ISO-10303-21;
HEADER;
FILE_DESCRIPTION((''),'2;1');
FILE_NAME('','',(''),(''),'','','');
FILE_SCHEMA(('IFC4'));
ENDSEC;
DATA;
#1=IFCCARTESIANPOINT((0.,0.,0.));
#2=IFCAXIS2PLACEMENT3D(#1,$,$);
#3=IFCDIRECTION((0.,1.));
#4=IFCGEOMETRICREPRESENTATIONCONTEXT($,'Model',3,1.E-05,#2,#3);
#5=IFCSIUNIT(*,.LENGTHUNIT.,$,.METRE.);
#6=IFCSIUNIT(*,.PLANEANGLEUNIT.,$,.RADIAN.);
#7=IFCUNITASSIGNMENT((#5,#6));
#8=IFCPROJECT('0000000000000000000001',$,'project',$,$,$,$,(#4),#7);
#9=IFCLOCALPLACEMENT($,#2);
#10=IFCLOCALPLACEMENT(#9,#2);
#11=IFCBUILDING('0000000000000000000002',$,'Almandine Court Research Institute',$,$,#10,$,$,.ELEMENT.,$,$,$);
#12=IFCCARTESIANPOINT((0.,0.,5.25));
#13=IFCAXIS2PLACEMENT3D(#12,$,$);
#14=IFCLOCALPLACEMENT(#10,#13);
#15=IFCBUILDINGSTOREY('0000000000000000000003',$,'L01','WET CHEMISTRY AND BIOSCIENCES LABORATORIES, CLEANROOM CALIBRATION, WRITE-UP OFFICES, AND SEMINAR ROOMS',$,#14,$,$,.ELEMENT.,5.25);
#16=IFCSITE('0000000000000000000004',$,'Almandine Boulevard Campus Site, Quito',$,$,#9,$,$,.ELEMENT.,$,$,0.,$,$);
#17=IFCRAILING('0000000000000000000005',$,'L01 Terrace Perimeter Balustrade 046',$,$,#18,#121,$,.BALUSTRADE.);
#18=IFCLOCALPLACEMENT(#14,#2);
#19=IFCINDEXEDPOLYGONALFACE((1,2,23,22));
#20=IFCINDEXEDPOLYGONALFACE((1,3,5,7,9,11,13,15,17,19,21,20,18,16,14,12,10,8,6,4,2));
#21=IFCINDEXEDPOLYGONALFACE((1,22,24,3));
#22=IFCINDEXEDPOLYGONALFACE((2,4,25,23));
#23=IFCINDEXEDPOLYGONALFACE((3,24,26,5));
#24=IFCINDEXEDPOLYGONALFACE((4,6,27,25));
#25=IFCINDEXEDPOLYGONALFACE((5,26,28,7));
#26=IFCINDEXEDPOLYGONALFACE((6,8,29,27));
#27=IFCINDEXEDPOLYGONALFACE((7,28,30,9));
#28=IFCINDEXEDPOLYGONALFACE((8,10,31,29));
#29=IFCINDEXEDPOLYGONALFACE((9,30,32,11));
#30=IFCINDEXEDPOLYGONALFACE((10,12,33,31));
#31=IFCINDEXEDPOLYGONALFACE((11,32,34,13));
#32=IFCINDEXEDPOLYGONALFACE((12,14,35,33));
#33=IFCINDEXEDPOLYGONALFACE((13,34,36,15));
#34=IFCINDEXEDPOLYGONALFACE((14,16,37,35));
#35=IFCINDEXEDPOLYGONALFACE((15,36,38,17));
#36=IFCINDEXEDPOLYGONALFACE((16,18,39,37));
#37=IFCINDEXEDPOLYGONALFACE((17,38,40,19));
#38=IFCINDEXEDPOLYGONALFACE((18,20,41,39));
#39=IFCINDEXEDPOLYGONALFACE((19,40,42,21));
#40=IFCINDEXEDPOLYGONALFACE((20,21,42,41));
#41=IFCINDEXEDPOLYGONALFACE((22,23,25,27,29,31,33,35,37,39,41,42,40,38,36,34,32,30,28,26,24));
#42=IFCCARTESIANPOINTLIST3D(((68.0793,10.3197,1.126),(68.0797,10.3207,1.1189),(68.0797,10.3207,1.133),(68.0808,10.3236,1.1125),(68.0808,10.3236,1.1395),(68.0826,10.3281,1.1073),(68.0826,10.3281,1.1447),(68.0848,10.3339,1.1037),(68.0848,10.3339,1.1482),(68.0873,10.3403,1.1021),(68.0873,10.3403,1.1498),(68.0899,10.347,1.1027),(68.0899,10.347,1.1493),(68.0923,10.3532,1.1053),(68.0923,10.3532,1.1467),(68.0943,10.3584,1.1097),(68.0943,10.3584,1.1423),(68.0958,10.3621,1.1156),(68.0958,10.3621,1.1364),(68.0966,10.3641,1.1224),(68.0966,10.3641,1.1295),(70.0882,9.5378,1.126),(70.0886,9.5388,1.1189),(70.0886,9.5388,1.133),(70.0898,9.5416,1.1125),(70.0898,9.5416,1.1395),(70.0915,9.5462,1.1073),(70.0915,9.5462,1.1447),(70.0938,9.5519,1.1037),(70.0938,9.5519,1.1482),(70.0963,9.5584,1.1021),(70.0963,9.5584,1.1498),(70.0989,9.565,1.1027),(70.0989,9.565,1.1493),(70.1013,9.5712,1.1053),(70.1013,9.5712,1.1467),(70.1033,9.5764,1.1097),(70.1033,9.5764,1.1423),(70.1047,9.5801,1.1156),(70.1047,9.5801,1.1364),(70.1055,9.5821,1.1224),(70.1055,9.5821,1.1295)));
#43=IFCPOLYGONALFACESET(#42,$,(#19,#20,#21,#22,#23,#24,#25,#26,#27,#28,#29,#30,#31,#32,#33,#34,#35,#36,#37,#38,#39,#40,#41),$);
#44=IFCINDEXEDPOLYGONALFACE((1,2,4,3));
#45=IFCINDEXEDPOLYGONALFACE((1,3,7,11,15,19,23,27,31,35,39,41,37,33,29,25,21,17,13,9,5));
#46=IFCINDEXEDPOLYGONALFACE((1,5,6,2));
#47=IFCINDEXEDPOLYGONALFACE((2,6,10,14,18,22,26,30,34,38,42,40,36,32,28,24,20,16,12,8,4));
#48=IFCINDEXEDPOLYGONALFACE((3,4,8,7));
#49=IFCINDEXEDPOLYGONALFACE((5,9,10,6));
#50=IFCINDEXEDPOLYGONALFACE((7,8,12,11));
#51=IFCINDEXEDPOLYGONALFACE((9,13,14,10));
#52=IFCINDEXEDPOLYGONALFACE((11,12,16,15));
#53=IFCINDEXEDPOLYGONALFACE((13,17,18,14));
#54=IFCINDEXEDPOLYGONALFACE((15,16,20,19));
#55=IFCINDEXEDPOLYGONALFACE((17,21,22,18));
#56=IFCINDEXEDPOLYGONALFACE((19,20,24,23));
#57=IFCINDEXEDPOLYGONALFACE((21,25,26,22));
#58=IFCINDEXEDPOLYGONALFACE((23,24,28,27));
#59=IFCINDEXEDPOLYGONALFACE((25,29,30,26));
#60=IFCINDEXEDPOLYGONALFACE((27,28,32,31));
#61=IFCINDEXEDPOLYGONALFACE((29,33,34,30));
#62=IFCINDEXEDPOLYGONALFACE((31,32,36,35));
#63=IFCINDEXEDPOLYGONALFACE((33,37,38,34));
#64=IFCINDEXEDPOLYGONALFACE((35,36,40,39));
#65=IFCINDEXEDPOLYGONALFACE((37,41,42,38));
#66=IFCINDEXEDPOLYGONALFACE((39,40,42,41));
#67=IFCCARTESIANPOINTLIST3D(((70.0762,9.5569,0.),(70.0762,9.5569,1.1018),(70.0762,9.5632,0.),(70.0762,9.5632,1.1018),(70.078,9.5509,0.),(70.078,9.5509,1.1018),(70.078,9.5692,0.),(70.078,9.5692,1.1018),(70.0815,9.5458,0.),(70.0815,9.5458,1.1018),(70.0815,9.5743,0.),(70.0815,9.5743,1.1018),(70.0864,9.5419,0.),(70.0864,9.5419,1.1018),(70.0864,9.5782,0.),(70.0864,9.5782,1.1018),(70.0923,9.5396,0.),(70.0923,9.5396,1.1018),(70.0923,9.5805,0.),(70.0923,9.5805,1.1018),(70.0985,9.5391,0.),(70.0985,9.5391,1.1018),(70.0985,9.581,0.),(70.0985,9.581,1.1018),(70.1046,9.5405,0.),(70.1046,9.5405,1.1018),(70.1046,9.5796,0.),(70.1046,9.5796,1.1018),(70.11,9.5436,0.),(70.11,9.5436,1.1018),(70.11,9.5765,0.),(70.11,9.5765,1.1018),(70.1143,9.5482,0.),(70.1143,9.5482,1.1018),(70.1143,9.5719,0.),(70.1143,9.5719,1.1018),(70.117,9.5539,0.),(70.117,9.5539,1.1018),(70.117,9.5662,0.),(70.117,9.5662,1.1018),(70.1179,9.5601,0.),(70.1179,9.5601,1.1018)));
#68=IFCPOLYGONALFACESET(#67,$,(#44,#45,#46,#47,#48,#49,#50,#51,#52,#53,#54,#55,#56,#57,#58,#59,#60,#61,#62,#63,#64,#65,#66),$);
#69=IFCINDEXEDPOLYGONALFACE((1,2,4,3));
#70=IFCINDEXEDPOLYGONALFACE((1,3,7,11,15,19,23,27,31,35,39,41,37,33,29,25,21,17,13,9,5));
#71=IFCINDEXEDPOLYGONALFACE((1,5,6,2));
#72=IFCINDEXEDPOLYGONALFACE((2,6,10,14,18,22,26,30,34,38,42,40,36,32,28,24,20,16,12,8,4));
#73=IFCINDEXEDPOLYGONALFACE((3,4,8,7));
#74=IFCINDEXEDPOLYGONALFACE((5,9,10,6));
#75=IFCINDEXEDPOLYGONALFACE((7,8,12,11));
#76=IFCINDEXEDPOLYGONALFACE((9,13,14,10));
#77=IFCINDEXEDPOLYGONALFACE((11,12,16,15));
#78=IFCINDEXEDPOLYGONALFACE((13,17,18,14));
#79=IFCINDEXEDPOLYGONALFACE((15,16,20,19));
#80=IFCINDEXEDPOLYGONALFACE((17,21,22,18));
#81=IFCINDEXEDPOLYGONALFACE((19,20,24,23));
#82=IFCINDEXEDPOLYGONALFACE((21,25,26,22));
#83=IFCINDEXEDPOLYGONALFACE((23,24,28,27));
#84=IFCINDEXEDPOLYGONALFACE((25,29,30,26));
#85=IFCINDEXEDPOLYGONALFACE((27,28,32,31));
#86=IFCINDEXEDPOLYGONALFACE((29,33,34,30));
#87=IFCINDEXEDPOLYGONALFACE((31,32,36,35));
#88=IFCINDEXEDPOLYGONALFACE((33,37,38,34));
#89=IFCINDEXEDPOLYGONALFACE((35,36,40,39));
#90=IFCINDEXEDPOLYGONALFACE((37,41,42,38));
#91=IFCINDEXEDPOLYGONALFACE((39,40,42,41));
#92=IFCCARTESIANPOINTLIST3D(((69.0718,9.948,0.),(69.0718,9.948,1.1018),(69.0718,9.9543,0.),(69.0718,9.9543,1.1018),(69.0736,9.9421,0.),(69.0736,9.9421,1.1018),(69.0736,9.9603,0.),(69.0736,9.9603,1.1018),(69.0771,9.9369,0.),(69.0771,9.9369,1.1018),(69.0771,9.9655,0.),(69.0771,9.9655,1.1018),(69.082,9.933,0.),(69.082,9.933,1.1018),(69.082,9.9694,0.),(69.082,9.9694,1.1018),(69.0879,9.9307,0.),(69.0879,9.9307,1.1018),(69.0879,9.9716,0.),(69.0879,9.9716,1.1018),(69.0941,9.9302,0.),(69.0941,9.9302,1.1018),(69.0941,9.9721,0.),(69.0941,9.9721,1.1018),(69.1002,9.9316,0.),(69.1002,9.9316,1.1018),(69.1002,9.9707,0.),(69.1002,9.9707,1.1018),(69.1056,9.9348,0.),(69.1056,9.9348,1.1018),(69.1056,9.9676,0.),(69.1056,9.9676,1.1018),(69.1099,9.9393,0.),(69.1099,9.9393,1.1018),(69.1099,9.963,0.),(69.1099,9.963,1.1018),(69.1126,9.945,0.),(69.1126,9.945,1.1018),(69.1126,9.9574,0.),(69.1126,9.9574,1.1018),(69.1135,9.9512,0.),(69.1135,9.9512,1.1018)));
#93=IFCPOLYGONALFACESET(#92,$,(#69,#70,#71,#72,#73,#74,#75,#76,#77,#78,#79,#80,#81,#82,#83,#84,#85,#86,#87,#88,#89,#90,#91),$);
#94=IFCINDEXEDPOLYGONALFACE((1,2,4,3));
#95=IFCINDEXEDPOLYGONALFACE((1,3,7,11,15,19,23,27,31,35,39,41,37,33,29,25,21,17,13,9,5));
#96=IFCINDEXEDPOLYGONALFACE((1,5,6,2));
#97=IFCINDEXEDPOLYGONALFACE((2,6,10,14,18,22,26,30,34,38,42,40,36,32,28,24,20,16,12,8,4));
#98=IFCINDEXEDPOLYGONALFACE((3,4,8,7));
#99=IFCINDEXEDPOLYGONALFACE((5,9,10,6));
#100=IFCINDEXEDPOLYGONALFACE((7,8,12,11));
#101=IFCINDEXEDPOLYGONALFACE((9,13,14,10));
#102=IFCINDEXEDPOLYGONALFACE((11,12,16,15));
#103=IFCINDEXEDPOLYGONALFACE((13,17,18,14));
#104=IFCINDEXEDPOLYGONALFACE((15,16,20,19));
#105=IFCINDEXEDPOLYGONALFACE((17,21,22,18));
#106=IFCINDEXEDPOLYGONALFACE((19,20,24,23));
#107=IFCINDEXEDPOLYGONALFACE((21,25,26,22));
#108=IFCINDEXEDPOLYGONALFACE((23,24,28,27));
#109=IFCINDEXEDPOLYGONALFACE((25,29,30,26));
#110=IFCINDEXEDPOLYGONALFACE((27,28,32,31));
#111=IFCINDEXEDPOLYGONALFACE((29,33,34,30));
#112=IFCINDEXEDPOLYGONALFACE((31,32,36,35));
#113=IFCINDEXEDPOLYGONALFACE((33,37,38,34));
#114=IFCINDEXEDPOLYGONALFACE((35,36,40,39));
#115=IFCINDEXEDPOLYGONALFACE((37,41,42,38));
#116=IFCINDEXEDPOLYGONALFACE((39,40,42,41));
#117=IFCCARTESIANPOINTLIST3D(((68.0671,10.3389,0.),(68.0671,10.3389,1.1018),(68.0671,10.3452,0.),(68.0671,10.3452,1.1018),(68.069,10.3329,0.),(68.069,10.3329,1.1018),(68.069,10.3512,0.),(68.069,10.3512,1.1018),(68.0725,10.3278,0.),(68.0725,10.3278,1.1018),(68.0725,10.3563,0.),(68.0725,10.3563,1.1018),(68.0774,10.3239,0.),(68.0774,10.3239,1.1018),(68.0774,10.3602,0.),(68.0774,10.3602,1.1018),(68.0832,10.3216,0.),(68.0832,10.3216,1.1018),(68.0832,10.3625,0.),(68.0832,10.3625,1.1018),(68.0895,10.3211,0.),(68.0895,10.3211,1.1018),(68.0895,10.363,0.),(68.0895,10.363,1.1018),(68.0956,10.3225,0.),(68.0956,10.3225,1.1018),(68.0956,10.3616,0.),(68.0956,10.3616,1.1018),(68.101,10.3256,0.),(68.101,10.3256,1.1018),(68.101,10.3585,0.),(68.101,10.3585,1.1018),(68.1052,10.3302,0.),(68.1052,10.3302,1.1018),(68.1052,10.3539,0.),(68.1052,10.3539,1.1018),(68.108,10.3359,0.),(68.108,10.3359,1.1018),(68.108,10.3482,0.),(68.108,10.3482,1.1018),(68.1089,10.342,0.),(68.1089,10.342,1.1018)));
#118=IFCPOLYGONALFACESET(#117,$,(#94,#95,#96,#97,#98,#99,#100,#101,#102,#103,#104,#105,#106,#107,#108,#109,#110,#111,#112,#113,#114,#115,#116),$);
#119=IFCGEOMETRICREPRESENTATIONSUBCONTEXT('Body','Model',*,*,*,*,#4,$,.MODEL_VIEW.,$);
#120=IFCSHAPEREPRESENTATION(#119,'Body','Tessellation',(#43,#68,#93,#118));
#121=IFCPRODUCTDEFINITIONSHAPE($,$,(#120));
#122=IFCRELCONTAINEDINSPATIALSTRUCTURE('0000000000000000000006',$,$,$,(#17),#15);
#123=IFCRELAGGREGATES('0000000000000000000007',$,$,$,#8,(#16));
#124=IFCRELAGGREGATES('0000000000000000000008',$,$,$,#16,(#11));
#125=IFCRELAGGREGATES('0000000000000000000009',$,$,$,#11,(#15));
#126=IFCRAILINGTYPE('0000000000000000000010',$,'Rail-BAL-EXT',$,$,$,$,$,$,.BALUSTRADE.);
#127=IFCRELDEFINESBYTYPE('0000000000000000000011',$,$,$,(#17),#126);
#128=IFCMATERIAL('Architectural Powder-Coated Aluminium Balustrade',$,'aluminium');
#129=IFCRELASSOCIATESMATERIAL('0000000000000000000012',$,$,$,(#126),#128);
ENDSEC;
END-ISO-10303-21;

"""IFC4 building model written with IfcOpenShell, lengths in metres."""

from ifc_helpers import new_model, si_unit, direction, frame, origin, origin_2d, place, context, subcontext, project, spatial, circle, extrude, material, type_object, element, save


model = new_model("IFC4")

# Units and contexts
model_context = context("Model", 3, precision=1e-05, world=origin(), true_north=direction((0.0, 1.0)))
body_context = subcontext(model_context, "Body", "Model", "MODEL_VIEW")
ifc_project = project(units=[si_unit("LENGTHUNIT", "METRE"), si_unit("PLANEANGLEUNIT", "RADIAN")], contexts=[model_context])

# Site, building, storey
site_placement = place(None, origin())
site = spatial("IfcSite", under=ifc_project, at=site_placement, Name="Almandine Boulevard Campus Site, Quito", CompositionType="ELEMENT", RefElevation=0.0)
building_placement = place(site_placement, origin())
building = spatial("IfcBuilding", under=site, at=building_placement, Name="Almandine Court Research Institute", CompositionType="ELEMENT")
storey_placement = place(building_placement, frame((0.0, 0.0, 5.25)))
storey = spatial("IfcBuildingStorey", under=building, at=storey_placement, Name="L01", Description="WET CHEMISTRY AND BIOSCIENCES LABORATORIES, CLEANROOM CALIBRATION, WRITE-UP OFFICES, AND SEMINAR ROOMS", CompositionType="ELEMENT", Elevation=5.25)

# Railing
ifc_material_1 = material(Name="Architectural Powder-Coated Aluminium Balustrade", Category="aluminium")
railing_type = type_object("IfcRailingType", Name="Rail-BAL-EXT", PredefinedType="BALUSTRADE", material=ifc_material_1)
railing_1_placement = place(storey_placement, frame((70.0969, 9.5601, 0.0)))
element("IfcRailing", 1, at=railing_1_placement, inside=storey, type_object=railing_type, Name="L01 Terrace Perimeter Balustrade 046", PredefinedType="BALUSTRADE", context=body_context, shape_type="SweptSolid", body=[
    extrude(circle(Radius=0.0239, at=origin_2d()), frame((0.0, 0.0, 1.126), z_axis=(-0.931896, 0.362725, 0.0), x_axis=(-0.362725, -0.931896, 0.0)), (0.0, 0.0, 1.0), 2.1558),
    extrude(circle(Radius=0.021, at=origin_2d()), origin(), (0.0, 0.0, 1.0), 1.1018),
    extrude(circle(Radius=0.021, at=origin_2d()), frame((-1.0044, 0.3911, 0.0)), (0.0, 0.0, 1.0), 1.1018),
    extrude(circle(Radius=0.021, at=origin_2d()), frame((-2.009, 0.782, 0.0)), (0.0, 0.0, 1.0), 1.1018),
])

save(model, "model.ifc")
